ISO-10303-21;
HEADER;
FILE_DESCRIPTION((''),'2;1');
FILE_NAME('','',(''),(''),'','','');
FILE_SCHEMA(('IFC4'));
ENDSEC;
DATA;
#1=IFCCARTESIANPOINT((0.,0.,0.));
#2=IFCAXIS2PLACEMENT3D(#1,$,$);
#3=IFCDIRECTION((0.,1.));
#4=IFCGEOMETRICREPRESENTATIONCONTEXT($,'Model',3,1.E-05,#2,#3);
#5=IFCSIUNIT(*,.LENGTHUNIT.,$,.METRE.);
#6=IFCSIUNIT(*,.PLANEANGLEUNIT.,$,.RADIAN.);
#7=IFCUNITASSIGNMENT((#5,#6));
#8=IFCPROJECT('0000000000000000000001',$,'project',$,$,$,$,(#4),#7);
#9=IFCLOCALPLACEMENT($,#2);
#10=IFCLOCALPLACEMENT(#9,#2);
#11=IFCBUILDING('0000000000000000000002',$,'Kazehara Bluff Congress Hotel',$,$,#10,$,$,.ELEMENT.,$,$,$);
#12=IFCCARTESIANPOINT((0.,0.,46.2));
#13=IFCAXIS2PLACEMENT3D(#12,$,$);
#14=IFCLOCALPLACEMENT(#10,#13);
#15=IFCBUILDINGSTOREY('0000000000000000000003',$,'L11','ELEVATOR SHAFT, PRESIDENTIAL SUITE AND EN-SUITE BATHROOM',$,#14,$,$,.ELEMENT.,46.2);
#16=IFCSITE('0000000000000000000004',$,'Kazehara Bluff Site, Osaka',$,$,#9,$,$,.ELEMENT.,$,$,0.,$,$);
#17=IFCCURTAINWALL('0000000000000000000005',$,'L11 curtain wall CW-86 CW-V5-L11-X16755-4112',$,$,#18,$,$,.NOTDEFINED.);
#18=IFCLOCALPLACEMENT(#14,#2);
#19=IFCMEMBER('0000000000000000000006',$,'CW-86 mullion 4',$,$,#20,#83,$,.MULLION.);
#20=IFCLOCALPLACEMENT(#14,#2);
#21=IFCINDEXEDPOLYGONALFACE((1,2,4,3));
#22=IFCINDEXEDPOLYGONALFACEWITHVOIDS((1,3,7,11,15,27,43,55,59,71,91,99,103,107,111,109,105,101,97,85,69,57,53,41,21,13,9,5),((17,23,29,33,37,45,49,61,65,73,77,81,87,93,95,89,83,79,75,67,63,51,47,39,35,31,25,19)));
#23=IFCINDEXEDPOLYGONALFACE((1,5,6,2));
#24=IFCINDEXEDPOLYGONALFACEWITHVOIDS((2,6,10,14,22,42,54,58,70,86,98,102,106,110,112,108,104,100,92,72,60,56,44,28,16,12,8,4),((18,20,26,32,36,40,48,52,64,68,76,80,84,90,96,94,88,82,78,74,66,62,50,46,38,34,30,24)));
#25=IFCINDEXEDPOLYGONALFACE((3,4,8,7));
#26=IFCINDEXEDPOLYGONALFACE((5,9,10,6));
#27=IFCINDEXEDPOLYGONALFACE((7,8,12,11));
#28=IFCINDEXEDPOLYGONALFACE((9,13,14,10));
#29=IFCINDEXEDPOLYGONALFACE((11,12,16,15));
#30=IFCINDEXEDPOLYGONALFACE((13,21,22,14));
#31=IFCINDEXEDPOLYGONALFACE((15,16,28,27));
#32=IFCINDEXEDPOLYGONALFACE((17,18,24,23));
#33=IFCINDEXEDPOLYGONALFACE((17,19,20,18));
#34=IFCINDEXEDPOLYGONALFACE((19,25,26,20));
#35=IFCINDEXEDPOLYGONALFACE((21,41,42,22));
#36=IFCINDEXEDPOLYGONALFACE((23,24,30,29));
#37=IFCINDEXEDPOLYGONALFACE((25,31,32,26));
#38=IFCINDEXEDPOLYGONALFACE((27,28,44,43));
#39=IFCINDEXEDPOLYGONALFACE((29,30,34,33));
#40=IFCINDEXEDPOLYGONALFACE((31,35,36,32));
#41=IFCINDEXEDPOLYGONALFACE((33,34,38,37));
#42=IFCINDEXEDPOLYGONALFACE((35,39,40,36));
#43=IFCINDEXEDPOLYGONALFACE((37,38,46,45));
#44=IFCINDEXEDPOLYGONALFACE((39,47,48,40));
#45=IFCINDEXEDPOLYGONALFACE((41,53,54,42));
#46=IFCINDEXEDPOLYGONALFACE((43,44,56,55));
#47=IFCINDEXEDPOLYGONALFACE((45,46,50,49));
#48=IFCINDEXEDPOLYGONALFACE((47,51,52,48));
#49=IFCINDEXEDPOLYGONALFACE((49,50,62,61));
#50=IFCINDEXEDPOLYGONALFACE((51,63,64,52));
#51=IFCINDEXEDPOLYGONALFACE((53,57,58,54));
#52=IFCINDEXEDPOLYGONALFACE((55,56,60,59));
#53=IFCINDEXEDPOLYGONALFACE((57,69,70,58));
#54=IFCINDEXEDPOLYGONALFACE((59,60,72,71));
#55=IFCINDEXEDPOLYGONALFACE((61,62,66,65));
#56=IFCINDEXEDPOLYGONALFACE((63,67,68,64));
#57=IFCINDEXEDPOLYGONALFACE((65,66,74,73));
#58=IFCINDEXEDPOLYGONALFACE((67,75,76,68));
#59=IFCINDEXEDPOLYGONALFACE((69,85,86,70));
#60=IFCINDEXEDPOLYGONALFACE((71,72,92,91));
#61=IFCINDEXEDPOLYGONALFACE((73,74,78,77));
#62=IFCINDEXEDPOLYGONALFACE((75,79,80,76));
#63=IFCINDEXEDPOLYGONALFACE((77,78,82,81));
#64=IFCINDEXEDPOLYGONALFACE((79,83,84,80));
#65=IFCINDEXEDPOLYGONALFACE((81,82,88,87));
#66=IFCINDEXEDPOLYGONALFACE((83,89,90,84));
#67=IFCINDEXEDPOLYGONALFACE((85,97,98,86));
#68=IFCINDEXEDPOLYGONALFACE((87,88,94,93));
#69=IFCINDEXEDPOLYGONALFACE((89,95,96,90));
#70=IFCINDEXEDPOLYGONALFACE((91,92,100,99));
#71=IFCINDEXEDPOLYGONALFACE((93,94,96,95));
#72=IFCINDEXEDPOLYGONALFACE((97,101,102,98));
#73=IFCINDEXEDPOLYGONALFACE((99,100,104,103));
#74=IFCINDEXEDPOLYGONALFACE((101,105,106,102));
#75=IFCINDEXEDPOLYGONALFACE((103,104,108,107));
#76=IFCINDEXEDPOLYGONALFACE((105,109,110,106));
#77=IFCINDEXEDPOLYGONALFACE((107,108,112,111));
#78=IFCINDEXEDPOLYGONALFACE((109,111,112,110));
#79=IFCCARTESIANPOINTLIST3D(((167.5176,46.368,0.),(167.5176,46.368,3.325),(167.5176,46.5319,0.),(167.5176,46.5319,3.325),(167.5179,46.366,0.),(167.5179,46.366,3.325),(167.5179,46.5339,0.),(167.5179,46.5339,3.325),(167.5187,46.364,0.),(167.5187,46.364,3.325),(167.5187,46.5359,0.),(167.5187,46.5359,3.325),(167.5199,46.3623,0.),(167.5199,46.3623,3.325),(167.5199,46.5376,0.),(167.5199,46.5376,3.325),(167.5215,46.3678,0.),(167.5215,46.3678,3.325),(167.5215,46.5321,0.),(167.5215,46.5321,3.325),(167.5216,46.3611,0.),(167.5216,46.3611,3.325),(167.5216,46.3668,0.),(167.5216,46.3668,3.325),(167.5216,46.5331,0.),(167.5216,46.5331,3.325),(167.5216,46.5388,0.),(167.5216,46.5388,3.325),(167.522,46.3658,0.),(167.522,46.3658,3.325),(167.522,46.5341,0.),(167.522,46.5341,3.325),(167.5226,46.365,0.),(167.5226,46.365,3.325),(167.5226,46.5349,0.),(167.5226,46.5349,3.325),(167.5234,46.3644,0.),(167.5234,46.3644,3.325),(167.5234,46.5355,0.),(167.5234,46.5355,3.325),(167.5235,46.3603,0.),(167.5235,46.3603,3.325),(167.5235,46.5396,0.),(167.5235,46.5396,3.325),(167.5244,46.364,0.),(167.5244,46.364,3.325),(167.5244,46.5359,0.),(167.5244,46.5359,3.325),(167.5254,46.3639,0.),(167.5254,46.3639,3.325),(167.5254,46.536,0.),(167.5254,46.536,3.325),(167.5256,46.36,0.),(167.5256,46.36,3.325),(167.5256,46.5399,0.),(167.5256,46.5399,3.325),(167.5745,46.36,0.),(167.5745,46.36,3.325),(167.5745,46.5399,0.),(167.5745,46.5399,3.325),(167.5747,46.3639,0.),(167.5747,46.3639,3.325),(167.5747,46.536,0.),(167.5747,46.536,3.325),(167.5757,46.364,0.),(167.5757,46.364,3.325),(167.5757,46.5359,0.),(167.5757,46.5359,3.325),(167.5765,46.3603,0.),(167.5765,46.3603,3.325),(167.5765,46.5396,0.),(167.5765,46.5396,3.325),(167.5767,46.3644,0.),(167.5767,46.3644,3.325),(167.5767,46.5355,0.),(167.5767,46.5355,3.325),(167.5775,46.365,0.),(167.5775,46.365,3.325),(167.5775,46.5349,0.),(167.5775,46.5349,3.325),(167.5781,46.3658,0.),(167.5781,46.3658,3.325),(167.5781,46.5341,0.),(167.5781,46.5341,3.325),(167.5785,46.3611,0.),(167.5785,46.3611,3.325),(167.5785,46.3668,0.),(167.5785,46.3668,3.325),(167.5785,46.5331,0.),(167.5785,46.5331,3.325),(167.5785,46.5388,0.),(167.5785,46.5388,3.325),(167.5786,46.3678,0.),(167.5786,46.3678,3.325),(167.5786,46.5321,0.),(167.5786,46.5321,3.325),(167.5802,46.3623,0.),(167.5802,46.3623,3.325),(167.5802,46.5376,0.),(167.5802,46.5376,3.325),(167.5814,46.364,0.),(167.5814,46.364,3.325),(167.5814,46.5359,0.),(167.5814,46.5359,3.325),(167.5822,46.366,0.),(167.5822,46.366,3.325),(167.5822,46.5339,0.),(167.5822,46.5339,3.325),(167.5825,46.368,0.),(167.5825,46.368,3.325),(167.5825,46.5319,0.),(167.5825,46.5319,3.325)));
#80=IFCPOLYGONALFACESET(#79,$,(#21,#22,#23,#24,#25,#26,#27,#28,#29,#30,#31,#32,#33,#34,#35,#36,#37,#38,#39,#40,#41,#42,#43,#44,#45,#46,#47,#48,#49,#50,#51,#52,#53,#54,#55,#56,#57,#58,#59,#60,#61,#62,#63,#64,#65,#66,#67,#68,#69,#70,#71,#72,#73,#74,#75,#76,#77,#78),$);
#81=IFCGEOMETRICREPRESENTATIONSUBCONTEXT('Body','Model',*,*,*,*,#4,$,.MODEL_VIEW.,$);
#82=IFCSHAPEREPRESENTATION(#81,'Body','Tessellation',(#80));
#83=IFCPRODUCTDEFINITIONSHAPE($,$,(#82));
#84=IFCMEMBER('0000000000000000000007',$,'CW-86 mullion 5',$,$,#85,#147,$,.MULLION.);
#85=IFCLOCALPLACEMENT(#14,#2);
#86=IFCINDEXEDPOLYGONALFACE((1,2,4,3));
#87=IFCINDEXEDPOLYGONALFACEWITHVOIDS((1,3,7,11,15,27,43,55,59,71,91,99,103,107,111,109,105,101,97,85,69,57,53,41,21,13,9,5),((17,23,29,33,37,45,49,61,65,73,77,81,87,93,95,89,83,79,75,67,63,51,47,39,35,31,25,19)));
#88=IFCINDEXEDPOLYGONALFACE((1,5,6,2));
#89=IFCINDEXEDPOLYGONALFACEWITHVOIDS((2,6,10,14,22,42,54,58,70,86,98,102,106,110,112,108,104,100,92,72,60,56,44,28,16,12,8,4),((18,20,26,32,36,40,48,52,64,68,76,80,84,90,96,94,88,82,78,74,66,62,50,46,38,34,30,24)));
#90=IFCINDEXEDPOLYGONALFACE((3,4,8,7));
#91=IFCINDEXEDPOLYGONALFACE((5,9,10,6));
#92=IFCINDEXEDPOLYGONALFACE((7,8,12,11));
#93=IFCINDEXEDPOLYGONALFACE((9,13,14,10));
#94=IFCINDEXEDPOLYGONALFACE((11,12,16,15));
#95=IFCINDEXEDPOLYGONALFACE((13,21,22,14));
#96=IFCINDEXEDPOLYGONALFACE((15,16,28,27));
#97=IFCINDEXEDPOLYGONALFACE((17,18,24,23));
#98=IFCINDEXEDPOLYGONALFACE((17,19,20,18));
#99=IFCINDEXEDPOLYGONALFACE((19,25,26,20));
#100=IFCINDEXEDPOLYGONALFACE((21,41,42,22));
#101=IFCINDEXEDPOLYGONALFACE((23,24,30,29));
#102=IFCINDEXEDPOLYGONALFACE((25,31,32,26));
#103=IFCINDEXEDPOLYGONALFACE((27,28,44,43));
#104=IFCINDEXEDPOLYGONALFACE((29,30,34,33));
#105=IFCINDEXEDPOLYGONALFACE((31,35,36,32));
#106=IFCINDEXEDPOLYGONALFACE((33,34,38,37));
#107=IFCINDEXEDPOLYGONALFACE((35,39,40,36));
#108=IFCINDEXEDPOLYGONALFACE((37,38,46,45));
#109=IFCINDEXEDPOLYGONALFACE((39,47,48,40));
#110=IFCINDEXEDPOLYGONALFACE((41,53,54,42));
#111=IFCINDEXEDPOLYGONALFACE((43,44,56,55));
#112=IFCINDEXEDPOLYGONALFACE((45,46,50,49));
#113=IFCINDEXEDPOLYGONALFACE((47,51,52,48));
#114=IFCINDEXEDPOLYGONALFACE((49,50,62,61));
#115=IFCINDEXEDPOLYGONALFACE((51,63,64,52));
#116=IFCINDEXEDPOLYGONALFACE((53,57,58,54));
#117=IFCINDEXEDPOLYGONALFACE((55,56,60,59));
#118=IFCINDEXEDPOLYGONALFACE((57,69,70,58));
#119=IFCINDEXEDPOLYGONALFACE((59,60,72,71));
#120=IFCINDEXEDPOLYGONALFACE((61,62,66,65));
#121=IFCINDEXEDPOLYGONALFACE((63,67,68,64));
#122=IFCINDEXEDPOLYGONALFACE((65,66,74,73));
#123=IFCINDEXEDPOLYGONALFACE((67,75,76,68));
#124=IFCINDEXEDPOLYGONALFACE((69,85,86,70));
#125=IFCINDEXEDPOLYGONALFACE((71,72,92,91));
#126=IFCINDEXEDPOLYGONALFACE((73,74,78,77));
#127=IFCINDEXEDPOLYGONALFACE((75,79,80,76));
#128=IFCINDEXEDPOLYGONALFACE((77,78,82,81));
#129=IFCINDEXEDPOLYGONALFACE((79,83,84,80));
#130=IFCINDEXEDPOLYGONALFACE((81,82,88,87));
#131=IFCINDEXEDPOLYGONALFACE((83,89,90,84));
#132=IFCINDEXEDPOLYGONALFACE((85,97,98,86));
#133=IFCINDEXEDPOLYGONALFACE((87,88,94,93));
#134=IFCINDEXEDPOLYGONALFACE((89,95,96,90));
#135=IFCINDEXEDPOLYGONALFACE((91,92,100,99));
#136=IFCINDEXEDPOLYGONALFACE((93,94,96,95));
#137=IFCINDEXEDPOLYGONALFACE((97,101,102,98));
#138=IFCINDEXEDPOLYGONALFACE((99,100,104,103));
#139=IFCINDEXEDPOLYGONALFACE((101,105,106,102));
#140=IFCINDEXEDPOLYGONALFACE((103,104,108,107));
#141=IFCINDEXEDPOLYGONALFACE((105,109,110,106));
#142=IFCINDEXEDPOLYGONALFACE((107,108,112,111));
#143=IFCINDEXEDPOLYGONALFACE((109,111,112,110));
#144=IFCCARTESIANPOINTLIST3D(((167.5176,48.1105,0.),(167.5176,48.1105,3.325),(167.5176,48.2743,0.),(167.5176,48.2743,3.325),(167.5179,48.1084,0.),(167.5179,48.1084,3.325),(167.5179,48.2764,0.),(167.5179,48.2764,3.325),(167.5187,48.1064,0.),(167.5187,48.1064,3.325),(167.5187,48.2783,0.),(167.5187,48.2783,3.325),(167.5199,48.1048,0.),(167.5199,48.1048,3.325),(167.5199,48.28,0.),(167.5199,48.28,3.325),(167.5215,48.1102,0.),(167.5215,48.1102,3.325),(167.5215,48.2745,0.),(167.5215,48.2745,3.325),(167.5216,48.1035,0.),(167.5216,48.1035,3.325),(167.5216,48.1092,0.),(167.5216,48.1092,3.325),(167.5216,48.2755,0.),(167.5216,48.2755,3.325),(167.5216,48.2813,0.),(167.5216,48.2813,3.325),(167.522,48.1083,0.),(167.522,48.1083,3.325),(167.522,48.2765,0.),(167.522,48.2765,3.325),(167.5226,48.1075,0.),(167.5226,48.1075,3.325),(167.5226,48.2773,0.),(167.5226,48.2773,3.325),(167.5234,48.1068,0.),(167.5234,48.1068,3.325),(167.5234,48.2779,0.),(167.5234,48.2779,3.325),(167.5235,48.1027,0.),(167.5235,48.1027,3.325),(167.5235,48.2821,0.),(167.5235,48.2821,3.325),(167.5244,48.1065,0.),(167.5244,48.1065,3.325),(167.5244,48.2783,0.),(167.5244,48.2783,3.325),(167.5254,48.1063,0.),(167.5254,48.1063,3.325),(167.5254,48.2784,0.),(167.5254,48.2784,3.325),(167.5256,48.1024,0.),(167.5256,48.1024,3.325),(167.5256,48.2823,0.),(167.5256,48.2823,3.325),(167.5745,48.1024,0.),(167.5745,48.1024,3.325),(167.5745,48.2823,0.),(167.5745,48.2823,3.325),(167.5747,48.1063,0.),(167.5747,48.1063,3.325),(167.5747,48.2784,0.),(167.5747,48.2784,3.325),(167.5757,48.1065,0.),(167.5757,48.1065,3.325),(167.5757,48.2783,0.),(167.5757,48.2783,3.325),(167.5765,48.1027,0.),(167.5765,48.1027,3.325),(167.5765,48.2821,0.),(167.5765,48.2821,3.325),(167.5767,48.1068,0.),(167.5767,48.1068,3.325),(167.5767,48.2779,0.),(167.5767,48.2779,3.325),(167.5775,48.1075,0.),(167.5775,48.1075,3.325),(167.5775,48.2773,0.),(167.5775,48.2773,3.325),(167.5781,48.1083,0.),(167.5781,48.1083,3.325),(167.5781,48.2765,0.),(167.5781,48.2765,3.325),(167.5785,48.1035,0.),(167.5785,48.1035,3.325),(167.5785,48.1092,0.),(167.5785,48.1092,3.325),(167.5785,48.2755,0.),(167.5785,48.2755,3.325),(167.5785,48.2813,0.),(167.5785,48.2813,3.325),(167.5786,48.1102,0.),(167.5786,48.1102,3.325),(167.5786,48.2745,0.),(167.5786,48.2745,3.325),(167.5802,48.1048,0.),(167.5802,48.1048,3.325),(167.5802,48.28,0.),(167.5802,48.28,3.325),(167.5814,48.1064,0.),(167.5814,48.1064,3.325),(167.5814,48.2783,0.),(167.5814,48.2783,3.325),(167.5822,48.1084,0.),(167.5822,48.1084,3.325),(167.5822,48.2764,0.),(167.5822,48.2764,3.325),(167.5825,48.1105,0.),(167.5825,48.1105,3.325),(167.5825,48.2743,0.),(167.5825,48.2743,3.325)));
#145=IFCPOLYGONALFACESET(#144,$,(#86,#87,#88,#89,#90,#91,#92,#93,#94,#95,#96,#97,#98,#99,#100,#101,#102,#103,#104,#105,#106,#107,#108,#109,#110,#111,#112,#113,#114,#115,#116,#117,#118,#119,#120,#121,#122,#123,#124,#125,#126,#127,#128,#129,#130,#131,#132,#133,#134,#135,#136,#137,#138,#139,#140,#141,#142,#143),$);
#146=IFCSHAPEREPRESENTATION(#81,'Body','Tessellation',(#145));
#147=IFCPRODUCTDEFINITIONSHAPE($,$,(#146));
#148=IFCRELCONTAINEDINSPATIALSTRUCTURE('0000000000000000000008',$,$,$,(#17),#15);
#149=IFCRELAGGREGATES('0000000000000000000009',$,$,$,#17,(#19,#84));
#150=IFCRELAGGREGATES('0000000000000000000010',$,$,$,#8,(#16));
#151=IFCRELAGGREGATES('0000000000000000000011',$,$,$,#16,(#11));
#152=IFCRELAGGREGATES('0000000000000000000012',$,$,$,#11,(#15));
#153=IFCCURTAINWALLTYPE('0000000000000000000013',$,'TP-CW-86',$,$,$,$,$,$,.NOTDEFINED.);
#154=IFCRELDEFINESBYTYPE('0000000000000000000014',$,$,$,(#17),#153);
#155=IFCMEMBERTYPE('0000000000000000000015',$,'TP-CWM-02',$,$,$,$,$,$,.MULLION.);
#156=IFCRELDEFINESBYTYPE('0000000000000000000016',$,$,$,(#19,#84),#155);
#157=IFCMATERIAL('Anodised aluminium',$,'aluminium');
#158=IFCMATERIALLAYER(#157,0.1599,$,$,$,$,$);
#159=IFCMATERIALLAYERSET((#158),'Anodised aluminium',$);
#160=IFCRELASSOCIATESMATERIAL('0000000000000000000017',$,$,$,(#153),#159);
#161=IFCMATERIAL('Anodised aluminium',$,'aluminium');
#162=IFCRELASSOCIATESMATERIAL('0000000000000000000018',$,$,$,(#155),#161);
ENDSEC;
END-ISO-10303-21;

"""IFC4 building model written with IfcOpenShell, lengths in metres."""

from ifc_helpers import new_model, si_unit, direction, frame, origin, origin_2d, place, context, subcontext, project, spatial, hollow_rectangle, extrude, material, layer, layer_set, material_profile, profile_set, type_object, element, aggregate, save


model = new_model("IFC4")

# Units and contexts
model_context = context("Model", 3, precision=1e-05, world=origin(), true_north=direction((0.0, 1.0)))
body_context = subcontext(model_context, "Body", "Model", "MODEL_VIEW")
ifc_project = project(units=[si_unit("LENGTHUNIT", "METRE"), si_unit("PLANEANGLEUNIT", "RADIAN")], contexts=[model_context])

# Site, building, storey
site_placement = place(None, origin())
site = spatial("IfcSite", under=ifc_project, at=site_placement, Name="Kazehara Bluff Site, Osaka", CompositionType="ELEMENT", RefElevation=0.0)
building_placement = place(site_placement, origin())
building = spatial("IfcBuilding", under=site, at=building_placement, Name="Kazehara Bluff Congress Hotel", CompositionType="ELEMENT")
storey_placement = place(building_placement, frame((0.0, 0.0, 46.2)))
storey = spatial("IfcBuildingStorey", under=building, at=storey_placement, Name="L11", Description="ELEVATOR SHAFT, PRESIDENTIAL SUITE AND EN-SUITE BATHROOM", CompositionType="ELEMENT", Elevation=46.2)

# Curtain wall, members
ifc_material_1 = material(Name="Anodised aluminium", Category="aluminium")
ifc_layer_1 = layer(ifc_material_1, 0.1599)
ifc_layer_set_1 = layer_set([ifc_layer_1], Name="Anodised aluminium")
curtain_wall_type = type_object("IfcCurtainWallType", Name="TP-CW-86", PredefinedType="NOTDEFINED", material=ifc_layer_set_1)
curtain_wall_placement = place(storey_placement, origin())
curtain_wall = element("IfcCurtainWall", 1, at=curtain_wall_placement, inside=storey, type_object=curtain_wall_type, Name="L11 curtain wall CW-86 CW-V5-L11-X16755-4112", PredefinedType="NOTDEFINED")
ifc_material_2 = material(Name="Anodised aluminium", Category="aluminium")
ifc_material_profile_1 = material_profile(ifc_material_2, hollow_rectangle(XDim=0.0649, YDim=0.1799, WallThickness=0.0039, InnerFilletRadius=0.0039, OuterFilletRadius=0.0081, at=origin_2d()))
ifc_profile_set_1 = profile_set([ifc_material_profile_1], Name="Anodised aluminium")
member_type_1 = type_object("IfcMemberType", Name="TP-CWM-02", PredefinedType="MULLION", material=ifc_profile_set_1)
member_1_placement = place(storey_placement, frame((167.55, 46.45, 0.0), z_axis=(0.0, 0.0, 1.0), x_axis=(-1.0, 0.0, 0.0)))
member_1 = element("IfcMember", 2, at=member_1_placement, type_object=member_type_1, Name="CW-86 mullion 4", PredefinedType="MULLION", context=body_context, shape_type="SweptSolid", body=[
    extrude(hollow_rectangle(XDim=0.0649, YDim=0.1799, WallThickness=0.0039, InnerFilletRadius=0.0039, OuterFilletRadius=0.0081, at=origin_2d()), origin(), (0.0, 0.0, 1.0), 3.325),
])
member_2_placement = place(storey_placement, frame((167.55, 48.1924, 0.0), z_axis=(0.0, 0.0, 1.0), x_axis=(-1.0, 0.0, 0.0)))
member_2 = element("IfcMember", 3, at=member_2_placement, type_object=member_type_1, Name="CW-86 mullion 5", PredefinedType="MULLION", context=body_context, shape_type="SweptSolid", body=[
    extrude(hollow_rectangle(XDim=0.0649, YDim=0.1799, WallThickness=0.0039, InnerFilletRadius=0.0039, OuterFilletRadius=0.0081, at=origin_2d()), origin(), (0.0, 0.0, 1.0), 3.325),
])

aggregate(curtain_wall, [member_1, member_2])

save(model, "model.ifc")
